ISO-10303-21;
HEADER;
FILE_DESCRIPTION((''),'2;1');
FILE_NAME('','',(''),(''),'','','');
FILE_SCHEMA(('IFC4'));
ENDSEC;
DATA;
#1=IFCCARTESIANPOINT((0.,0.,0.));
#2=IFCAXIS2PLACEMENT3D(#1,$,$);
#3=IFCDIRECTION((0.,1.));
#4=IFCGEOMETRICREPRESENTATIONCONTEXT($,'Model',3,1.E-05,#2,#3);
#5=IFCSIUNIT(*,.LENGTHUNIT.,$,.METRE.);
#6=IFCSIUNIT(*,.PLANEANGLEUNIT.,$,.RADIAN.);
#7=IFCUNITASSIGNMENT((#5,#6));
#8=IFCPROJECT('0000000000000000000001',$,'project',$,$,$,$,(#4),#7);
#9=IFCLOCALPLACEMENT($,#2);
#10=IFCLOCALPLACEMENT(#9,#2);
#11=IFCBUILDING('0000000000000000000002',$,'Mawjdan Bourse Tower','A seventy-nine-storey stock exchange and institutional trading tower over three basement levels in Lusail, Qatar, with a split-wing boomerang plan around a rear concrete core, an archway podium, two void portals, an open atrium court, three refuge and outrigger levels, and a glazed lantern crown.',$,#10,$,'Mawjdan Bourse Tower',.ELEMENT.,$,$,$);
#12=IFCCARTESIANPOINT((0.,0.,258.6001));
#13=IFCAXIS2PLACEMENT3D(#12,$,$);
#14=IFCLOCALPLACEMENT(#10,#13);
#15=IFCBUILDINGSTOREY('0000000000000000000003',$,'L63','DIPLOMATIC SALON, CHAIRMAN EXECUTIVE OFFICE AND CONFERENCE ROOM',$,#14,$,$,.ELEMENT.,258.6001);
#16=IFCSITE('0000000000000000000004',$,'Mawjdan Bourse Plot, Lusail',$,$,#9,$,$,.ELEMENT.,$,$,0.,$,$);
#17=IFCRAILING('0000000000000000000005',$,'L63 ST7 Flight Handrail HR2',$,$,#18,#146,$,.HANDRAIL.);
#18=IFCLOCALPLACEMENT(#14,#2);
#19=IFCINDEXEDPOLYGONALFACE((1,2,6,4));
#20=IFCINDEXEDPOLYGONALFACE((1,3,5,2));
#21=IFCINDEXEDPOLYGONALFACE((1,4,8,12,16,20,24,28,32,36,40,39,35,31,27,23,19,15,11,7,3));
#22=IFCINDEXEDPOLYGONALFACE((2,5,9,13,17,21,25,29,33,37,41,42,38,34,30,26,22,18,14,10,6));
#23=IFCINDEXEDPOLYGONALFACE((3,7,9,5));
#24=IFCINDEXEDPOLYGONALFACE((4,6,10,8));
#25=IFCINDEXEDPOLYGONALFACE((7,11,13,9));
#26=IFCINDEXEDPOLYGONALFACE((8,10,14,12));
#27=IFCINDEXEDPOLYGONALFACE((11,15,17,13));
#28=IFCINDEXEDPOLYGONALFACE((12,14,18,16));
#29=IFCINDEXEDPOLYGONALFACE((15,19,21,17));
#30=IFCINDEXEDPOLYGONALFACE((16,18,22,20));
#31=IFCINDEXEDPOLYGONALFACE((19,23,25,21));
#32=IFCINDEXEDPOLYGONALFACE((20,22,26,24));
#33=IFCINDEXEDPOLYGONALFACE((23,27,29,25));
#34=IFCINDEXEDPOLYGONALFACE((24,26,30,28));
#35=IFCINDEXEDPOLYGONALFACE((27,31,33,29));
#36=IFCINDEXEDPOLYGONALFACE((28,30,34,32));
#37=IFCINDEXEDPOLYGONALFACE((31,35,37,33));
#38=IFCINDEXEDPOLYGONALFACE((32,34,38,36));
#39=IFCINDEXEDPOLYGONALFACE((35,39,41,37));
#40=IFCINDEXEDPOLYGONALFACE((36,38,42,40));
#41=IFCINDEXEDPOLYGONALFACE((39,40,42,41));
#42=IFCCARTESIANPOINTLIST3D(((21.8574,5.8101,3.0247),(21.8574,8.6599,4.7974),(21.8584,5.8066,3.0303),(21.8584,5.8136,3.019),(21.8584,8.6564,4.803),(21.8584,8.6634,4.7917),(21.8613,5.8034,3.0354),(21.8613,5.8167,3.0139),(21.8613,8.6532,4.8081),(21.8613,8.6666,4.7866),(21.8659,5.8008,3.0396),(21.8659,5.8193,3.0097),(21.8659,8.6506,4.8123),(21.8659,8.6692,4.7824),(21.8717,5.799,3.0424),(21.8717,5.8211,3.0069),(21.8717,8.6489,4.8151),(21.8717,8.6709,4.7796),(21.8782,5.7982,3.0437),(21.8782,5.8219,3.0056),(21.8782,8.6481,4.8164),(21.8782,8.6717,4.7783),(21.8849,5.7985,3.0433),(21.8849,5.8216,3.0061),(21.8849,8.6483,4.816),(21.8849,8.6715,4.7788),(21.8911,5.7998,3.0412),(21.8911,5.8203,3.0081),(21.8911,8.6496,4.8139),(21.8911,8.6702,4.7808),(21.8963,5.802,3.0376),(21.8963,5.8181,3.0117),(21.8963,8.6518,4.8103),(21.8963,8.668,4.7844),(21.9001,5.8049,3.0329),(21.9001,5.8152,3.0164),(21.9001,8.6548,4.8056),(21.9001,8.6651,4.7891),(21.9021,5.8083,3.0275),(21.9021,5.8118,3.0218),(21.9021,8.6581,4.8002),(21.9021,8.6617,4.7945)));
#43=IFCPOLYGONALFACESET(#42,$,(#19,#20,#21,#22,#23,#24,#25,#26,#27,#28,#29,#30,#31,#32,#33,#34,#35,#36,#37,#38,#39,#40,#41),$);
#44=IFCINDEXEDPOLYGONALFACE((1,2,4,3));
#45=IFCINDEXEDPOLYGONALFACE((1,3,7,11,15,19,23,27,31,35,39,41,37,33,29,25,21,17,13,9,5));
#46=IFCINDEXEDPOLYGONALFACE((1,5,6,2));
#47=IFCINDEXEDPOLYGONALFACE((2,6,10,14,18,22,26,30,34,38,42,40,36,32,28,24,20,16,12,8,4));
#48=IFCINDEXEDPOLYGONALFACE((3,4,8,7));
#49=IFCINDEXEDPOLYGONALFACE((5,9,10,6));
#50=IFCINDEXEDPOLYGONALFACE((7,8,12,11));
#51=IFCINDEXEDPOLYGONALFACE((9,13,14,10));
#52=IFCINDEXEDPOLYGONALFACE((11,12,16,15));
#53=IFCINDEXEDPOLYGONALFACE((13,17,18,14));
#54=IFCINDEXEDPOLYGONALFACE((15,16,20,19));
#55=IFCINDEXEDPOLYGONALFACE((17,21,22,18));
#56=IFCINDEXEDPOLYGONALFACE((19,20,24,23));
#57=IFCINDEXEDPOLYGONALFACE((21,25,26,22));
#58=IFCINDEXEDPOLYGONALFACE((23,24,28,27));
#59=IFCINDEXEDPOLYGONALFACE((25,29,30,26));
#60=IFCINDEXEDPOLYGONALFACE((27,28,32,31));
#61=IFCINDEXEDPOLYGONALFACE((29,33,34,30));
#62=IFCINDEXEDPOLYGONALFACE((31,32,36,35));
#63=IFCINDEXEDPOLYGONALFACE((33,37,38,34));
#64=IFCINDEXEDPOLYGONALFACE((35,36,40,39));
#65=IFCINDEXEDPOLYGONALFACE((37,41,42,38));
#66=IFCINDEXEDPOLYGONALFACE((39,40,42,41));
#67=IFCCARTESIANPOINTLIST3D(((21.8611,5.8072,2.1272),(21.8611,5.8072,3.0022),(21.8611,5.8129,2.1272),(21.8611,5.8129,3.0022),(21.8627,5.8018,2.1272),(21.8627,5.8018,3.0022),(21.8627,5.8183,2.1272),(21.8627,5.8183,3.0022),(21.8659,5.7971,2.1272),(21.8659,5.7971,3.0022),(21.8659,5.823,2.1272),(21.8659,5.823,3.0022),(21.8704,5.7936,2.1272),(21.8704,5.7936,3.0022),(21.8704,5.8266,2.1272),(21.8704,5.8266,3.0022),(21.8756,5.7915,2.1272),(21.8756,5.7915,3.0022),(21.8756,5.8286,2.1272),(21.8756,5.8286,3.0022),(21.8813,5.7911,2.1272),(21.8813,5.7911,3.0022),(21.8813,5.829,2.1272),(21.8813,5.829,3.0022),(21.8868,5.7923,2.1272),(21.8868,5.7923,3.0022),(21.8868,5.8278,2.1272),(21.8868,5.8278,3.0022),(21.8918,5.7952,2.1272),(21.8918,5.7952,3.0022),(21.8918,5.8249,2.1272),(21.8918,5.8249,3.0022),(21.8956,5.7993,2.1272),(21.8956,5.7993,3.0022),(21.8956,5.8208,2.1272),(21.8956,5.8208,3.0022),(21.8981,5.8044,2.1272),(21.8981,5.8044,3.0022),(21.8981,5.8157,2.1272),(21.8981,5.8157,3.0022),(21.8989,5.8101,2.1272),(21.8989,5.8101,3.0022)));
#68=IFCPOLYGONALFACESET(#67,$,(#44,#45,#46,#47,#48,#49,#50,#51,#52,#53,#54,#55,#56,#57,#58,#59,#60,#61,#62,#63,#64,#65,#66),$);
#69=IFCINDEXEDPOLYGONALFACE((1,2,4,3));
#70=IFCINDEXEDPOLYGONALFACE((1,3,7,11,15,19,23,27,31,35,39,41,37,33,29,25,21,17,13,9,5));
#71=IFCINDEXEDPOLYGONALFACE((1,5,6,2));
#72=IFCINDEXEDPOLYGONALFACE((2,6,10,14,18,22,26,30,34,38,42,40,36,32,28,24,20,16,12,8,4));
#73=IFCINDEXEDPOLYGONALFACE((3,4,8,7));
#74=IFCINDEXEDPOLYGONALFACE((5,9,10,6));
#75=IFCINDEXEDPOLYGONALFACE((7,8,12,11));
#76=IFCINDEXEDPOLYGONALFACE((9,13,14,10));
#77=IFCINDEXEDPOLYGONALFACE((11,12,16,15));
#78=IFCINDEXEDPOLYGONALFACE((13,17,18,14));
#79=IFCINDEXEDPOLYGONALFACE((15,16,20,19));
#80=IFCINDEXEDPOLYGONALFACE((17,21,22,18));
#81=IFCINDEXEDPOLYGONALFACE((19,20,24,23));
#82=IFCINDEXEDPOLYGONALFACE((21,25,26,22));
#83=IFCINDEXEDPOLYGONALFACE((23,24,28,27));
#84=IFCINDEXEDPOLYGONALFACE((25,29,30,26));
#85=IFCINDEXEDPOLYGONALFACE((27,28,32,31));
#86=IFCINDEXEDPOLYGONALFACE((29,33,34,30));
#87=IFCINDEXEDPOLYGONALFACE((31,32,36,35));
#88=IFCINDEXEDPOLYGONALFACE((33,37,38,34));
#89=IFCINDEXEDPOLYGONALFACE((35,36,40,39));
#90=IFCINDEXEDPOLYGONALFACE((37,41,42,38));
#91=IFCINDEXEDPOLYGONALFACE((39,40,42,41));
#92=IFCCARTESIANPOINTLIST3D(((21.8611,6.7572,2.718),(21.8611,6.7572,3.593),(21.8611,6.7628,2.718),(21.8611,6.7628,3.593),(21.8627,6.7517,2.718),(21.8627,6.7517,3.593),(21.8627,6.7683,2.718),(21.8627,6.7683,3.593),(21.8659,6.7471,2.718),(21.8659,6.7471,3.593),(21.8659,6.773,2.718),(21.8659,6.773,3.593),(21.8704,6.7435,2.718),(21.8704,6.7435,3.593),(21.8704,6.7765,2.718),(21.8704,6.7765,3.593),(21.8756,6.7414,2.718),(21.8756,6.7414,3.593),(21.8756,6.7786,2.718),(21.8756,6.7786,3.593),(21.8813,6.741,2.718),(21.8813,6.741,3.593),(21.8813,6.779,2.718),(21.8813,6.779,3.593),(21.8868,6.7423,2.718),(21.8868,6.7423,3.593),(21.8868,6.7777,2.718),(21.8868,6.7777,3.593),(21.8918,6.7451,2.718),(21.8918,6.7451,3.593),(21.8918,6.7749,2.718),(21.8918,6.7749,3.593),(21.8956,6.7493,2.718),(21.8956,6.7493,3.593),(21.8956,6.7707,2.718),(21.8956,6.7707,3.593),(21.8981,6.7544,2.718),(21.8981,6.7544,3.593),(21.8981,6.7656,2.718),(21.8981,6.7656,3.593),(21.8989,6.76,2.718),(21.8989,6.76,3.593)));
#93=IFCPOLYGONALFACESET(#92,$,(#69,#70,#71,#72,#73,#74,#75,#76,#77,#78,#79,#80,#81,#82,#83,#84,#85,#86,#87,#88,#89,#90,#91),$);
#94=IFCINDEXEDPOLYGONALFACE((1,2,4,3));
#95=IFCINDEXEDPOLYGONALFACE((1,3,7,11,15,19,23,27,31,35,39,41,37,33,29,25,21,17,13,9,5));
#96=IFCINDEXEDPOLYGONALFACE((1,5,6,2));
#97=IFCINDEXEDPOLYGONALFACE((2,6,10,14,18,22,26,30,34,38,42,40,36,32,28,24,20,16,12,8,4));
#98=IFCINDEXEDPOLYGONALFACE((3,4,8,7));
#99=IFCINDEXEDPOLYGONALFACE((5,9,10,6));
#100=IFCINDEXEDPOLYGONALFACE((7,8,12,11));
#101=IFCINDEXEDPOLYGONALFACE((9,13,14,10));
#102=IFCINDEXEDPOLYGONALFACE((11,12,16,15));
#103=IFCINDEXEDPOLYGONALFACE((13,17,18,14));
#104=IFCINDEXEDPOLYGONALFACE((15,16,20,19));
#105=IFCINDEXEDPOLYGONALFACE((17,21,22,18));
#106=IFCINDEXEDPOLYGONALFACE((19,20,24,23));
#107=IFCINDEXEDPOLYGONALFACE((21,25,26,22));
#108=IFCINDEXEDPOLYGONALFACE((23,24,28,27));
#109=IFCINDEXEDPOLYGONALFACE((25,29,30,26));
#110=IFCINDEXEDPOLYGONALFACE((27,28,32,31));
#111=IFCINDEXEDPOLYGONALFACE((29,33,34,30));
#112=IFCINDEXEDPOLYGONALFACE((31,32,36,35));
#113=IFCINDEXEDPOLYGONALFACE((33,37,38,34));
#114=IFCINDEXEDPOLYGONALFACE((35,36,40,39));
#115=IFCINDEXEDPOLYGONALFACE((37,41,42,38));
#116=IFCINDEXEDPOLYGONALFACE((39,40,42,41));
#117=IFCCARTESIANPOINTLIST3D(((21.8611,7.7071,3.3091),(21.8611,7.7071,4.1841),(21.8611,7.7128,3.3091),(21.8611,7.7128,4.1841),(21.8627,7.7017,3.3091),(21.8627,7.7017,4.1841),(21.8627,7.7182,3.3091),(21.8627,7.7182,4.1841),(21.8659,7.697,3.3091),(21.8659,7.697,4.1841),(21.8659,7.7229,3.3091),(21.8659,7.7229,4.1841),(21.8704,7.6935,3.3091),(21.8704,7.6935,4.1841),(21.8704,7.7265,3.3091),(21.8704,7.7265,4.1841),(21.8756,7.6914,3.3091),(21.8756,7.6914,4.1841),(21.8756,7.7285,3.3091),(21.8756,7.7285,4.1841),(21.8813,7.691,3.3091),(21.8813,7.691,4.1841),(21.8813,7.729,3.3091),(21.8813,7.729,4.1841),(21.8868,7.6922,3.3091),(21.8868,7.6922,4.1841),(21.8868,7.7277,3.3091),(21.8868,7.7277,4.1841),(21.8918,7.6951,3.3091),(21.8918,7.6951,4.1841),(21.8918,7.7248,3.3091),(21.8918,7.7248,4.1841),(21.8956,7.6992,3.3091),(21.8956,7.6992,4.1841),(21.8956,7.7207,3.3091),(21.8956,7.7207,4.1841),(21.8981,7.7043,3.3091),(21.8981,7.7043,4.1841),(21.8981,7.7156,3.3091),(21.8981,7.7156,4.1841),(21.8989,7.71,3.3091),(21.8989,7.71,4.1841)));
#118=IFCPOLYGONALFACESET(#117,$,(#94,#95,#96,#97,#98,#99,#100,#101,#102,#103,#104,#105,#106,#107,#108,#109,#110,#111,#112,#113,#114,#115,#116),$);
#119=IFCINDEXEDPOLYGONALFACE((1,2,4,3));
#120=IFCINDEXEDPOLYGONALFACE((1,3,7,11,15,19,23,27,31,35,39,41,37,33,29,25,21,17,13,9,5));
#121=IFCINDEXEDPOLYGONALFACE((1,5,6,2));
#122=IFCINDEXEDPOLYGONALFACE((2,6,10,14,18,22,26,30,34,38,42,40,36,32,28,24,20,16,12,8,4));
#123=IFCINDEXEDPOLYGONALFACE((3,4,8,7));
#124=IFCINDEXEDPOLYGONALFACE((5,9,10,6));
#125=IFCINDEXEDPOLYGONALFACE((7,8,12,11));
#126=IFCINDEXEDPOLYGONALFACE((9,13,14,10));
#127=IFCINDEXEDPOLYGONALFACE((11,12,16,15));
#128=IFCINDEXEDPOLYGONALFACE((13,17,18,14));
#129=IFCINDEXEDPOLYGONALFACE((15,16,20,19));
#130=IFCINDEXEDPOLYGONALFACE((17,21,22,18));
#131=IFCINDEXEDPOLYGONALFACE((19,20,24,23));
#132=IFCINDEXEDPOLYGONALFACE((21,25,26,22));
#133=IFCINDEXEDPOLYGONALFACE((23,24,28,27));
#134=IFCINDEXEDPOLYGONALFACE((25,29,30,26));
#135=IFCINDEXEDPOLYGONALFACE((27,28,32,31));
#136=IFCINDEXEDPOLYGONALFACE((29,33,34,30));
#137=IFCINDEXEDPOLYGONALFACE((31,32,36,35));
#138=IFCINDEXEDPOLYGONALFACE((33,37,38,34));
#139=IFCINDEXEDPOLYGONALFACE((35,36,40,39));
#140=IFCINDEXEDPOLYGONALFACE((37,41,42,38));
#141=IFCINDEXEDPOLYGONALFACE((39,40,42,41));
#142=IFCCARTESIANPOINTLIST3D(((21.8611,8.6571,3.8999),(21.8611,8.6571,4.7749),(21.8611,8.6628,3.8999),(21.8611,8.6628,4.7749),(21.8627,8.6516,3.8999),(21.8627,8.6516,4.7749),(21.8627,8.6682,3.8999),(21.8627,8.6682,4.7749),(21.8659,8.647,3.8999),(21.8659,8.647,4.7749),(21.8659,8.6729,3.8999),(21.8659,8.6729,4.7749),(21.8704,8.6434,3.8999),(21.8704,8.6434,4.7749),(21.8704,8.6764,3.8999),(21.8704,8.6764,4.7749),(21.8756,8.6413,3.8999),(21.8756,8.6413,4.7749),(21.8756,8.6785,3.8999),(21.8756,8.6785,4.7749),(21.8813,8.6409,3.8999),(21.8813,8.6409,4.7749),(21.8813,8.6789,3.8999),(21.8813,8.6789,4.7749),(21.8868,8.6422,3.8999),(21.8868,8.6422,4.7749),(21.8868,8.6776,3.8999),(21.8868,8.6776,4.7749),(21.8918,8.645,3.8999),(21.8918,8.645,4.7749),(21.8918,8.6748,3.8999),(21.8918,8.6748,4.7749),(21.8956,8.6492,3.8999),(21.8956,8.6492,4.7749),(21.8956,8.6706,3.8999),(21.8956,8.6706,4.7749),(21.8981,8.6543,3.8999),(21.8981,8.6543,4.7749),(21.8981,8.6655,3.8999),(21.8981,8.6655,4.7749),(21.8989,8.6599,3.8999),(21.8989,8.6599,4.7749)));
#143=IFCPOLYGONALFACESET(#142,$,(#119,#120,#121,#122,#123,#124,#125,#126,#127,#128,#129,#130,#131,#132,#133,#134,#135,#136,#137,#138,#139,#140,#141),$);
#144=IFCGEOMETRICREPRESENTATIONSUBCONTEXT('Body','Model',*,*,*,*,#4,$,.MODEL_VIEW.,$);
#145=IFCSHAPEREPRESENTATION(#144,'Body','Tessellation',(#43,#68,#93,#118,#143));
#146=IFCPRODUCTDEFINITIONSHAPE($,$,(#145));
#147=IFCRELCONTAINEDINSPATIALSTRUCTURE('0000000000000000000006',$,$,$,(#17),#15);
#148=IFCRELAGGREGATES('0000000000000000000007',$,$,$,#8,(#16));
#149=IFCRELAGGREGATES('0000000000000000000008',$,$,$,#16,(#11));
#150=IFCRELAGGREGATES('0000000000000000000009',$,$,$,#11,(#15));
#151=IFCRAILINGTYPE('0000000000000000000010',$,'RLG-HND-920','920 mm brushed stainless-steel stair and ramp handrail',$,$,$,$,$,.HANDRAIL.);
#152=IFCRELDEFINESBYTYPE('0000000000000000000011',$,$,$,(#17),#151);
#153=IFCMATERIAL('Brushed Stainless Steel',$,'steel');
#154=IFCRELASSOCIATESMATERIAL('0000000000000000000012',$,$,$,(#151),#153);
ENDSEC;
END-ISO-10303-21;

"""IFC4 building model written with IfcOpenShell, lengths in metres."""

from ifc_helpers import new_model, si_unit, direction, frame, origin, origin_2d, place, context, subcontext, project, spatial, circle, extrude, material, type_object, element, save


model = new_model("IFC4")

# Units and contexts
model_context = context("Model", 3, precision=1e-05, world=origin(), true_north=direction((0.0, 1.0)))
body_context = subcontext(model_context, "Body", "Model", "MODEL_VIEW")
ifc_project = project(units=[si_unit("LENGTHUNIT", "METRE"), si_unit("PLANEANGLEUNIT", "RADIAN")], contexts=[model_context])

# Site, building, storey
site_placement = place(None, origin())
site = spatial("IfcSite", under=ifc_project, at=site_placement, Name="Mawjdan Bourse Plot, Lusail", CompositionType="ELEMENT", RefElevation=0.0)
building_placement = place(site_placement, origin())
building = spatial("IfcBuilding", under=site, at=building_placement, Name="Mawjdan Bourse Tower", Description="A seventy-nine-storey stock exchange and institutional trading tower over three basement levels in Lusail, Qatar, with a split-wing boomerang plan around a rear concrete core, an archway podium, two void portals, an open atrium court, three refuge and outrigger levels, and a glazed lantern crown.", LongName="Mawjdan Bourse Tower", CompositionType="ELEMENT")
storey_placement = place(building_placement, frame((0.0, 0.0, 258.6001)))
storey = spatial("IfcBuildingStorey", under=building, at=storey_placement, Name="L63", Description="DIPLOMATIC SALON, CHAIRMAN EXECUTIVE OFFICE AND CONFERENCE ROOM", CompositionType="ELEMENT", Elevation=258.6001)

# Railing
ifc_material_1 = material(Name="Brushed Stainless Steel", Category="steel")
railing_type = type_object("IfcRailingType", Name="RLG-HND-920", Description="920 mm brushed stainless-steel stair and ramp handrail", PredefinedType="HANDRAIL", material=ifc_material_1)
railing_1_placement = place(storey_placement, frame((21.8799, 5.8101, 2.1272)))
element("IfcRailing", 1, at=railing_1_placement, inside=storey, type_object=railing_type, Name="L63 ST7 Flight Handrail HR2", PredefinedType="HANDRAIL", context=body_context, shape_type="SweptSolid", body=[
    extrude(circle(Radius=0.0225, at=origin_2d()), frame((0.0, 0.0, 0.8975), z_axis=(0.0, 0.849128, 0.528187), x_axis=(-1.0, 0.0, 0.0)), (0.0, 0.0, 1.0), 3.3562),
    extrude(circle(Radius=0.019, at=origin_2d()), origin(), (0.0, 0.0, 1.0), 0.875),
    extrude(circle(Radius=0.019, at=origin_2d()), frame((0.0, 0.95, 0.5908)), (0.0, 0.0, 1.0), 0.875),
    extrude(circle(Radius=0.019, at=origin_2d()), frame((0.0, 1.8999, 1.1819)), (0.0, 0.0, 1.0), 0.875),
    extrude(circle(Radius=0.019, at=origin_2d()), frame((0.0, 2.8499, 1.7727)), (0.0, 0.0, 1.0), 0.875),
])

save(model, "model.ifc")
